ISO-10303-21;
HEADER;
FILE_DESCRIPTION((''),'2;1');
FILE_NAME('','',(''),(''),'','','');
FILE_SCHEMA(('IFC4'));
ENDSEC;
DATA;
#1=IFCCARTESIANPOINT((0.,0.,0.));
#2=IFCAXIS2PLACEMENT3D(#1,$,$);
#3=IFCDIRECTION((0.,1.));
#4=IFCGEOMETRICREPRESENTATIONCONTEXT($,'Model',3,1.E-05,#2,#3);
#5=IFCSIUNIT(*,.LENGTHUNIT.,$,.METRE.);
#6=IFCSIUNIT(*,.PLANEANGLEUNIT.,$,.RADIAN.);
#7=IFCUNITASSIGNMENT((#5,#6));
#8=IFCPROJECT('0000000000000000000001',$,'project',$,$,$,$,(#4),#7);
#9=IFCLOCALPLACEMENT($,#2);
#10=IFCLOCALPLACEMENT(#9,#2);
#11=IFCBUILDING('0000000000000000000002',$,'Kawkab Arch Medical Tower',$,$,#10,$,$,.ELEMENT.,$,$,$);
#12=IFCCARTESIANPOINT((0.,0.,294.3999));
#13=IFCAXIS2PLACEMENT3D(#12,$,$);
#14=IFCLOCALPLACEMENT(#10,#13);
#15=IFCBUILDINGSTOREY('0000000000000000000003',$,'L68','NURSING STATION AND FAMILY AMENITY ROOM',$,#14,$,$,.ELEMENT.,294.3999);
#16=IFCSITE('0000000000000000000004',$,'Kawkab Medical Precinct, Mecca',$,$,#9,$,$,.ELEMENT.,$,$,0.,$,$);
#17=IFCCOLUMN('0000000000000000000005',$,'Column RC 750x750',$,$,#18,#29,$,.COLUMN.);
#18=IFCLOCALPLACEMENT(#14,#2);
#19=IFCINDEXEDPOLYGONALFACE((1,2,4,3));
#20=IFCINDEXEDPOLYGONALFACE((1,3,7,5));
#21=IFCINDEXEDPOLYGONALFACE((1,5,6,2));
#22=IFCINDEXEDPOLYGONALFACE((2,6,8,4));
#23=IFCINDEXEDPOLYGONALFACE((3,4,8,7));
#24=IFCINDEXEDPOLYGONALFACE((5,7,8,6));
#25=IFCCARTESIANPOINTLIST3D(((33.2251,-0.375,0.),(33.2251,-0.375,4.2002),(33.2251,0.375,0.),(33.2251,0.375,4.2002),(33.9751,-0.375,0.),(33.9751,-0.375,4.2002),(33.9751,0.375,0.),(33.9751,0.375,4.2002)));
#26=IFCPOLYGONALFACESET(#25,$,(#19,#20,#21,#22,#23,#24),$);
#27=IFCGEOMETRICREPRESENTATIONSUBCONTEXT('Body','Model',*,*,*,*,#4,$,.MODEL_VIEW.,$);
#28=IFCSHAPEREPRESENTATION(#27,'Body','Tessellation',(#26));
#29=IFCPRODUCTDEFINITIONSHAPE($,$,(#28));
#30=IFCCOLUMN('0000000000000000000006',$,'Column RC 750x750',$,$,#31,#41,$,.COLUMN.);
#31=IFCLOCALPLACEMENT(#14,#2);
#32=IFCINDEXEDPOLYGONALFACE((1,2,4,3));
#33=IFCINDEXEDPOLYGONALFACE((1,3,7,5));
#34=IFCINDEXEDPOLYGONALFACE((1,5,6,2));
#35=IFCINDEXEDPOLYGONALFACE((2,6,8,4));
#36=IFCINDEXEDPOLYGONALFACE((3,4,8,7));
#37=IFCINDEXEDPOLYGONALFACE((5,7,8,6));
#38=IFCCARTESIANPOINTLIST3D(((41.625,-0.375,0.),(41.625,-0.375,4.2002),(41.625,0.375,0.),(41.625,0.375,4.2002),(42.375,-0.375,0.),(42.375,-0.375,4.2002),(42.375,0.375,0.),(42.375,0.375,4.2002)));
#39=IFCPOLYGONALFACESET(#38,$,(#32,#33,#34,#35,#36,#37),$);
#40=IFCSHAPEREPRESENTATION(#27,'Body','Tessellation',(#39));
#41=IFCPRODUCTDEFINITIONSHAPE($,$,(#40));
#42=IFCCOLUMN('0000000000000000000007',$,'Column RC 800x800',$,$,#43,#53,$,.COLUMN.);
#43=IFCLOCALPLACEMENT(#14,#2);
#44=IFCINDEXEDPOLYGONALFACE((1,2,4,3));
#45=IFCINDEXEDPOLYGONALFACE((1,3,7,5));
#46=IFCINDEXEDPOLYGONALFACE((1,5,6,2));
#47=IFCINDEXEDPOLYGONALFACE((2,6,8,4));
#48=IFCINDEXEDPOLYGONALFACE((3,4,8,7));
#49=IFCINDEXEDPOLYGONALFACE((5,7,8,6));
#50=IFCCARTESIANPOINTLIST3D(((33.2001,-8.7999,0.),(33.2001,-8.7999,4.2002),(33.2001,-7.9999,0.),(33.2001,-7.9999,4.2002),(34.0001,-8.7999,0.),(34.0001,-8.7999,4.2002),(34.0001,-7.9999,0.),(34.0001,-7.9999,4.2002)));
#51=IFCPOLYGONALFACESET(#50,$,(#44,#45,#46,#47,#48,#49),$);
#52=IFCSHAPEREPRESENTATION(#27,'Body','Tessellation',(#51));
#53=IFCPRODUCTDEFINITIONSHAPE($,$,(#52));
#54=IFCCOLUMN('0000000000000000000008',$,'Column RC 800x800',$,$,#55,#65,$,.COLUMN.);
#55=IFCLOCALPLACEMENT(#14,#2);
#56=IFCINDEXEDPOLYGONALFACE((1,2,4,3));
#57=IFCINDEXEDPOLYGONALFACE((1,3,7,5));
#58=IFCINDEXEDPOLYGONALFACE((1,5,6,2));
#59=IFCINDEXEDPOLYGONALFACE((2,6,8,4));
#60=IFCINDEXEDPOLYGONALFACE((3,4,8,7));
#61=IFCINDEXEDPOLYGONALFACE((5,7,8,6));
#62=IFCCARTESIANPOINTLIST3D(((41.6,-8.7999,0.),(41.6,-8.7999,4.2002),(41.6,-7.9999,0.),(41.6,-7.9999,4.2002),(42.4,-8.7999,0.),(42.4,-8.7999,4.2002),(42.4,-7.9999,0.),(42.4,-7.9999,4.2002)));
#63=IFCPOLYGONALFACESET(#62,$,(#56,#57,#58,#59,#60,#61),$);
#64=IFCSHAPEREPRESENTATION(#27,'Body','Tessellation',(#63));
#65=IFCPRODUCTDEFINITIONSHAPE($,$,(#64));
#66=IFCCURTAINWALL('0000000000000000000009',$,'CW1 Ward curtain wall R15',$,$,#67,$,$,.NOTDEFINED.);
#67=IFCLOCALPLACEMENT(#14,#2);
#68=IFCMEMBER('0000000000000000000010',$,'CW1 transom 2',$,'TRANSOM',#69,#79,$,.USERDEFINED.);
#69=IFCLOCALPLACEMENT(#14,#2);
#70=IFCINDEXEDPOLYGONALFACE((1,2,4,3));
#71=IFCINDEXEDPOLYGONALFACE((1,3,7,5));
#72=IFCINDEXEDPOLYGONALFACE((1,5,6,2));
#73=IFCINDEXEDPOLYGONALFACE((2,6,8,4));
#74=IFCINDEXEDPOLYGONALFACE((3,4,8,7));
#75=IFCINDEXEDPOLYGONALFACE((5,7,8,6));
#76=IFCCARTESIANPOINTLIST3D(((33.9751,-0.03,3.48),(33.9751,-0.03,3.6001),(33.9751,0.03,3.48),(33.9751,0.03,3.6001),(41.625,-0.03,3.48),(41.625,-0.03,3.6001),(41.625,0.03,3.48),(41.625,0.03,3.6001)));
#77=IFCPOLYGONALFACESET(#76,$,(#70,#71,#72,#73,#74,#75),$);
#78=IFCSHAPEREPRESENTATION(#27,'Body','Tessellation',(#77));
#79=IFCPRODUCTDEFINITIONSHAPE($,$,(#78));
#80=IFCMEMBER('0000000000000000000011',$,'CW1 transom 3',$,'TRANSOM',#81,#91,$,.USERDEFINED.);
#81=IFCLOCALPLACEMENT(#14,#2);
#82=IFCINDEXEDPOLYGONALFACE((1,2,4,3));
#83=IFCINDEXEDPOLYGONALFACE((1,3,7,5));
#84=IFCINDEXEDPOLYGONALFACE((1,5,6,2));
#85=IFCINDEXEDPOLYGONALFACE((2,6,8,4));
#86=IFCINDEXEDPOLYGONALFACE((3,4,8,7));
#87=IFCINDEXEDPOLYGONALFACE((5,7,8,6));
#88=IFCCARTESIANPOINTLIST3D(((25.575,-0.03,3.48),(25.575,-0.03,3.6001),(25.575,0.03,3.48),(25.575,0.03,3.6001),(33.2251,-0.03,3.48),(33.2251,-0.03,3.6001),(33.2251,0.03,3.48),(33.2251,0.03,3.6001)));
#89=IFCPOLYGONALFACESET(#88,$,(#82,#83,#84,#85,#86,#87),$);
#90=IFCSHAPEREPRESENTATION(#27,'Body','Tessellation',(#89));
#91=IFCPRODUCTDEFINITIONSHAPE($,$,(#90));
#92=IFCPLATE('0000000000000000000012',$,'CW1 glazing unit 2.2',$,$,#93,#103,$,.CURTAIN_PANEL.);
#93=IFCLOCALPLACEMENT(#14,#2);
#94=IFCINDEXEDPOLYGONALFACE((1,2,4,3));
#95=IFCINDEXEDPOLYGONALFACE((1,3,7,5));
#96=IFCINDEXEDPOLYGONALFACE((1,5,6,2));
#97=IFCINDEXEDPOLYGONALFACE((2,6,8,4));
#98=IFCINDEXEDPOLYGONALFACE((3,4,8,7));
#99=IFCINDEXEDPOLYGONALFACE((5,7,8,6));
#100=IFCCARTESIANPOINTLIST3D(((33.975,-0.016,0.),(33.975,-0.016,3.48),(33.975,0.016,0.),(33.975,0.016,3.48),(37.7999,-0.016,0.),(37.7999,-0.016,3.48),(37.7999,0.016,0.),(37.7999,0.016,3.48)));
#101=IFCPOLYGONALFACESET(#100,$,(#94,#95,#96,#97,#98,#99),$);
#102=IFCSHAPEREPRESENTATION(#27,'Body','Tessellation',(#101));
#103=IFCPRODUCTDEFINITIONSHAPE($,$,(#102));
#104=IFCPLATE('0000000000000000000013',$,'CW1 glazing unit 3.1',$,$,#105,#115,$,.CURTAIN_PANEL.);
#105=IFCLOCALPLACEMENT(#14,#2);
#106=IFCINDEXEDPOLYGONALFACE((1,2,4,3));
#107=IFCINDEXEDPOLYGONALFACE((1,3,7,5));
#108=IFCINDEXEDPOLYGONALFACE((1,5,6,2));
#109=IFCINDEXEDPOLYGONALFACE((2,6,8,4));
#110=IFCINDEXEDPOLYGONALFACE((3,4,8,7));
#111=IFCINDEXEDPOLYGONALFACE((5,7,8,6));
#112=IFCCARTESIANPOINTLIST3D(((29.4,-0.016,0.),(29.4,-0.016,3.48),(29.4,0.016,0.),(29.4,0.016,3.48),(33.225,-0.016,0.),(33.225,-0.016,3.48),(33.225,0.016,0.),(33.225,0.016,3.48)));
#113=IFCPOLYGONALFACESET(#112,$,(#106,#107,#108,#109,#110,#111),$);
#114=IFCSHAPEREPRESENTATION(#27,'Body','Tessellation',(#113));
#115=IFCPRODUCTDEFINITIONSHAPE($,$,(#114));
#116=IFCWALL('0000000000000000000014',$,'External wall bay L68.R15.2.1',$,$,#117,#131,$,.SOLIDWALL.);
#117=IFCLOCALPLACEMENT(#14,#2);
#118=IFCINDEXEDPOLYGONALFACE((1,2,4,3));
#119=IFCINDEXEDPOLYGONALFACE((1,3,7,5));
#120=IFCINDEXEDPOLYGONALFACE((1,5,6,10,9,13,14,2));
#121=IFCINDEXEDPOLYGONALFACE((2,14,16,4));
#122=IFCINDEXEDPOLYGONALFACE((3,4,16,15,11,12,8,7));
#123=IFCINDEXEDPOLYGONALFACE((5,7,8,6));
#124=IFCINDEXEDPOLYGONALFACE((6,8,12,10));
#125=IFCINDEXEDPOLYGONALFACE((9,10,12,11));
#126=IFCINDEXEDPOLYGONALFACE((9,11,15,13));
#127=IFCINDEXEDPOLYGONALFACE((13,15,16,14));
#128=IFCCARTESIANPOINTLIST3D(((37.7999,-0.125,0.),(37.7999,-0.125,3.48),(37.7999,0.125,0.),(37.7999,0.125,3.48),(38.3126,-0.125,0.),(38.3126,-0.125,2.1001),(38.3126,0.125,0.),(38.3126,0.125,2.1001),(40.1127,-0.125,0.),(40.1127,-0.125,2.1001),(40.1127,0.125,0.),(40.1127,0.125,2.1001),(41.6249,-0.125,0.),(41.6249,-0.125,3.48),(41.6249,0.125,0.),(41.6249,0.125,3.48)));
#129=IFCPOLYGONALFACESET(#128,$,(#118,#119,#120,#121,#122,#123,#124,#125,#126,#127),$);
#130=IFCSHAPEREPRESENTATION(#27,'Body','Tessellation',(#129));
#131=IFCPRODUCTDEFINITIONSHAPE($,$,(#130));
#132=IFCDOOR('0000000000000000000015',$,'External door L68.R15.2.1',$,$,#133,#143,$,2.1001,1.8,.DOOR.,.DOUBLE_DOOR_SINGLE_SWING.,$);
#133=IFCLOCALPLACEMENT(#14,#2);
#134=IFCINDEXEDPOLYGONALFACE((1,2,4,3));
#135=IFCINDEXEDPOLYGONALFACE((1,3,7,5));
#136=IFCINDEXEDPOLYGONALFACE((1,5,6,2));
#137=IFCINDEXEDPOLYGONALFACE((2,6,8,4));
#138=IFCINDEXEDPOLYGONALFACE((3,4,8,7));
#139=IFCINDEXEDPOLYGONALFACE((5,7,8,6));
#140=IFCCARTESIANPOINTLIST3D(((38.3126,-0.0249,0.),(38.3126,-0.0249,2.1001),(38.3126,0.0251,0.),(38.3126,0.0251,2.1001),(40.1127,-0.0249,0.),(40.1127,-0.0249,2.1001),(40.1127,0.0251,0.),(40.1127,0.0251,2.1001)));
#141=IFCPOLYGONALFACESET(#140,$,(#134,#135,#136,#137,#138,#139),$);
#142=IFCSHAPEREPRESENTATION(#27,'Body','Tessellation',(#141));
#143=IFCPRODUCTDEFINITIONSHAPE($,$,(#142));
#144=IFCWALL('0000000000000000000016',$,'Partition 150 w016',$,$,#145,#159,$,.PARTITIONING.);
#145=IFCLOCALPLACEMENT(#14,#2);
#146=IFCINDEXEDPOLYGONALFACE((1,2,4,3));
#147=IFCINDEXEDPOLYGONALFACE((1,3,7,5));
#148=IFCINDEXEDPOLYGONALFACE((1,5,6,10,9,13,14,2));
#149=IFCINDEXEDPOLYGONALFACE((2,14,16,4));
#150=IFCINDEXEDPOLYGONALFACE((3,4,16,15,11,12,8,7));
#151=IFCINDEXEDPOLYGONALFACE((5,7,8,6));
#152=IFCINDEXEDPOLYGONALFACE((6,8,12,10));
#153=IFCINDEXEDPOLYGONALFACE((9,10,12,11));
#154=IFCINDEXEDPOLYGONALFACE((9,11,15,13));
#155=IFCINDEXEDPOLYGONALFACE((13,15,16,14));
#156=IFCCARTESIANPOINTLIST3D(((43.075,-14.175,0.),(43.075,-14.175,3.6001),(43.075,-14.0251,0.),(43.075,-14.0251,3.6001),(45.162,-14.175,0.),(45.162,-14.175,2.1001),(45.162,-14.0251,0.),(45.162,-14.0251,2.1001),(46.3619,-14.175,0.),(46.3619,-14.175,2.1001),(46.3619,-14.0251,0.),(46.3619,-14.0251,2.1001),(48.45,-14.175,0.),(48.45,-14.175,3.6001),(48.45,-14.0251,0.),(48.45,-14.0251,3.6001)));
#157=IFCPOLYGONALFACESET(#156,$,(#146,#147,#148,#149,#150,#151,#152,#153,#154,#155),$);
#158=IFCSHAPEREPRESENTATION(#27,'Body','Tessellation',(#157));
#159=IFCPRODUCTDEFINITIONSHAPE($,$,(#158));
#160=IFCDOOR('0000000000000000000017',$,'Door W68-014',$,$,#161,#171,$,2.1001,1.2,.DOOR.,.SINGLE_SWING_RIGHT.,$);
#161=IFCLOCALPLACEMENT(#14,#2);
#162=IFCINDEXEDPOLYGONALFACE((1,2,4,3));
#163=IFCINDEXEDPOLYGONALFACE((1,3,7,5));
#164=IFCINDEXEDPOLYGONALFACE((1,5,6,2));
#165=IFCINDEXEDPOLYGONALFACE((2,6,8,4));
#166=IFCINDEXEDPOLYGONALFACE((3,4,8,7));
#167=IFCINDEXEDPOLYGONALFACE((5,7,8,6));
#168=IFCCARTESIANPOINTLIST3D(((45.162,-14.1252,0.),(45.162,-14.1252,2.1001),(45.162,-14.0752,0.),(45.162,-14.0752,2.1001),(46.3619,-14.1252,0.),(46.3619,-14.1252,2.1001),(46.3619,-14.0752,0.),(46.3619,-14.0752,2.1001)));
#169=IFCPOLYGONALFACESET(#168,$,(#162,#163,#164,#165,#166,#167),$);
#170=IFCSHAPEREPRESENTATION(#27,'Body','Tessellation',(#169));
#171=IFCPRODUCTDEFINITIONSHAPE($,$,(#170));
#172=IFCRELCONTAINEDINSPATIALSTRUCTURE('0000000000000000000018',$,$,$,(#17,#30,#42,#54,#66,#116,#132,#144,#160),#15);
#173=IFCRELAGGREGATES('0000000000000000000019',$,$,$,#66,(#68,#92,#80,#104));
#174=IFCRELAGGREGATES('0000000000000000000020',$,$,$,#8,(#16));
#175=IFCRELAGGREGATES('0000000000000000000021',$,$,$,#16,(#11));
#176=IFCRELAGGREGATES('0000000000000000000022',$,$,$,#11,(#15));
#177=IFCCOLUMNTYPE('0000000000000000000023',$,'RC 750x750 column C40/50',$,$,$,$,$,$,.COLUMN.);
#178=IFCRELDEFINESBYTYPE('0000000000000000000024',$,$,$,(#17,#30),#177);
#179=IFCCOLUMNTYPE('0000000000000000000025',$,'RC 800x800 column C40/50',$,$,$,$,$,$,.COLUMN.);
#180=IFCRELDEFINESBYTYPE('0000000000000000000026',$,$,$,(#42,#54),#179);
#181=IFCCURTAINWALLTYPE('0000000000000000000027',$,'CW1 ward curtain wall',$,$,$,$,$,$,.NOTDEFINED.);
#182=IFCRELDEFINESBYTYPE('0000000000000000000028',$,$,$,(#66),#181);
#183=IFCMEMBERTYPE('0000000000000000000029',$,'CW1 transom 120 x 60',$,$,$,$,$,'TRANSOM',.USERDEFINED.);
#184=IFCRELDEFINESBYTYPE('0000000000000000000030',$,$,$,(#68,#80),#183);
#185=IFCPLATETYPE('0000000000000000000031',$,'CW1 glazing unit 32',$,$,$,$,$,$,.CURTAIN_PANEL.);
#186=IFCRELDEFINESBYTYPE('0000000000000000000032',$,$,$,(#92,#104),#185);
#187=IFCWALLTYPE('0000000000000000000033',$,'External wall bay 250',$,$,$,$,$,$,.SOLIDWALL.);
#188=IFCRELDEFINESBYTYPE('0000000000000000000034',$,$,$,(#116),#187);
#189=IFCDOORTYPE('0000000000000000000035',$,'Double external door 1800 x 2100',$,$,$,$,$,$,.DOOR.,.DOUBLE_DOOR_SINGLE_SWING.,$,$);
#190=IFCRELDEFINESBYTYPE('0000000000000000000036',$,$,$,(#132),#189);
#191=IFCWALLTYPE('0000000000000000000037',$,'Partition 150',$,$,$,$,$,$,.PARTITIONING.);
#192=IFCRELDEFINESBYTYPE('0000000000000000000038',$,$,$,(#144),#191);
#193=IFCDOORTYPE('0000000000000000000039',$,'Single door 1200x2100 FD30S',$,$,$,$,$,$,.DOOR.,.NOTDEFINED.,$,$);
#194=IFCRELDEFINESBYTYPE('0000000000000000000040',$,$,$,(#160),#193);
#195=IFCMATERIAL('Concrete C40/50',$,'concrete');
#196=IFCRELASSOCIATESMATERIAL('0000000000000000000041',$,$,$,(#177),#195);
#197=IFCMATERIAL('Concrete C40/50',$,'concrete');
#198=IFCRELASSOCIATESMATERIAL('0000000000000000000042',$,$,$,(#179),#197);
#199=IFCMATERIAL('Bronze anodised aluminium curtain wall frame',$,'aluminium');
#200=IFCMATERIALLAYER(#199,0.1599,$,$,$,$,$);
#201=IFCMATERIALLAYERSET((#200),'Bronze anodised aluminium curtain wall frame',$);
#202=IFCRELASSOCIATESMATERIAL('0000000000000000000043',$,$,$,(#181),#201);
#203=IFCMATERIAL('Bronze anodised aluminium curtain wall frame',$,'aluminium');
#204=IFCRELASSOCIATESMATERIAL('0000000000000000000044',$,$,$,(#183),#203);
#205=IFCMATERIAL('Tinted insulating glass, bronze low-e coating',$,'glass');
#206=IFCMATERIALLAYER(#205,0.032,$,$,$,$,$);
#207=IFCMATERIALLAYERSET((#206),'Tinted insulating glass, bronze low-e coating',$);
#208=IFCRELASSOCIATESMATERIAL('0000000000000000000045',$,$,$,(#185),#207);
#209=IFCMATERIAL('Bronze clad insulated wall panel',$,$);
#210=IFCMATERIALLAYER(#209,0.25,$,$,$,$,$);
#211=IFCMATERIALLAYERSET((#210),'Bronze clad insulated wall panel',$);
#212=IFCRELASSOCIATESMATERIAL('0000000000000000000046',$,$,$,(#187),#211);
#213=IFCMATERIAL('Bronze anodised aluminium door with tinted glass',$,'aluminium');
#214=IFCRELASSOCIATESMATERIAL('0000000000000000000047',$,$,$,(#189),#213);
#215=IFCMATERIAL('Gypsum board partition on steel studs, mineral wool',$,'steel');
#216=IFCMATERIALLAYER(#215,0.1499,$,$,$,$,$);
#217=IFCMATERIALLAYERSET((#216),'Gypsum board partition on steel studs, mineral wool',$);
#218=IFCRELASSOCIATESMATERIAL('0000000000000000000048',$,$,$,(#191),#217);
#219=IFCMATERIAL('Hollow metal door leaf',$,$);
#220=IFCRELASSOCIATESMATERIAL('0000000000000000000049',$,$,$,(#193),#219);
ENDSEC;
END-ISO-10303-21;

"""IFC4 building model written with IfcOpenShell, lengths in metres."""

from ifc_helpers import new_model, si_unit, direction, frame, frame_2d, origin, origin_2d, place, context, subcontext, project, spatial, rectangle, extrude, material, layer, layer_set, material_profile, profile_set, type_object, element, fill, aggregate, save


model = new_model("IFC4")

# Units and contexts
model_context = context("Model", 3, precision=1e-05, world=origin(), true_north=direction((0.0, 1.0)))
body_context = subcontext(model_context, "Body", "Model", "MODEL_VIEW")
ifc_project = project(units=[si_unit("LENGTHUNIT", "METRE"), si_unit("PLANEANGLEUNIT", "RADIAN")], contexts=[model_context])

# Site, building, storey
site_placement = place(None, origin())
site = spatial("IfcSite", under=ifc_project, at=site_placement, Name="Kawkab Medical Precinct, Mecca", CompositionType="ELEMENT", RefElevation=0.0)
building_placement = place(site_placement, origin())
building = spatial("IfcBuilding", under=site, at=building_placement, Name="Kawkab Arch Medical Tower", CompositionType="ELEMENT")
storey_placement = place(building_placement, frame((0.0, 0.0, 294.3999)))
storey = spatial("IfcBuildingStorey", under=building, at=storey_placement, Name="L68", Description="NURSING STATION AND FAMILY AMENITY ROOM", CompositionType="ELEMENT", Elevation=294.3999)

# Columns
ifc_material_1 = material(Name="Concrete C40/50", Category="concrete")
ifc_material_profile_1 = material_profile(ifc_material_1, rectangle(XDim=0.75, YDim=0.75, at=origin_2d()), Name="RC 750x750")
ifc_profile_set_1 = profile_set([ifc_material_profile_1], Name="Concrete C40/50")
column_type_1 = type_object("IfcColumnType", Name="RC 750x750 column C40/50", PredefinedType="COLUMN", material=ifc_profile_set_1)
for number, where, z_axis, x_axis, name in (
    (1, (33.6001, 0.0, 0.0), (0.0, 0.0, 1.0), (1.0, 0.0, 0.0), "Column RC 750x750"),
    (2, (42.0, 0.0, 0.0), (0.0, 0.0, 1.0), (1.0, 0.0, 0.0), "Column RC 750x750"),
):
    element("IfcColumn", number, at=place(storey_placement, frame(where, z_axis=z_axis, x_axis=x_axis)), inside=storey, type_object=column_type_1, Name=name, PredefinedType="COLUMN", context=body_context, shape_type="SweptSolid", body=[
        extrude(rectangle(XDim=0.75, YDim=0.75, at=origin_2d()), origin(), (0.0, 0.0, 1.0), 4.2002),
    ])
ifc_material_2 = material(Name="Concrete C40/50", Category="concrete")
ifc_material_profile_2 = material_profile(ifc_material_2, rectangle(XDim=0.8, YDim=0.8, at=origin_2d()), Name="RC 800x800")
ifc_profile_set_2 = profile_set([ifc_material_profile_2], Name="Concrete C40/50")
column_type_2 = type_object("IfcColumnType", Name="RC 800x800 column C40/50", PredefinedType="COLUMN", material=ifc_profile_set_2)
for number, where, z_axis, x_axis, name in (
    (3, (33.6001, -8.3999, 0.0), (0.0, 0.0, 1.0), (1.0, 0.0, 0.0), "Column RC 800x800"),
    (4, (42.0, -8.3999, 0.0), (0.0, 0.0, 1.0), (1.0, 0.0, 0.0), "Column RC 800x800"),
):
    element("IfcColumn", number, at=place(storey_placement, frame(where, z_axis=z_axis, x_axis=x_axis)), inside=storey, type_object=column_type_2, Name=name, PredefinedType="COLUMN", context=body_context, shape_type="SweptSolid", body=[
        extrude(rectangle(XDim=0.8, YDim=0.8, at=origin_2d()), origin(), (0.0, 0.0, 1.0), 4.2002),
    ])

# Curtain wall, members, plates
ifc_material_3 = material(Name="Bronze anodised aluminium curtain wall frame", Category="aluminium")
ifc_layer_1 = layer(ifc_material_3, 0.1599)
ifc_layer_set_1 = layer_set([ifc_layer_1], Name="Bronze anodised aluminium curtain wall frame")
curtain_wall_type = type_object("IfcCurtainWallType", Name="CW1 ward curtain wall", PredefinedType="NOTDEFINED", material=ifc_layer_set_1)
curtain_wall_placement = place(storey_placement, origin())
curtain_wall = element("IfcCurtainWall", 5, at=curtain_wall_placement, inside=storey, type_object=curtain_wall_type, Name="CW1 Ward curtain wall R15", PredefinedType="NOTDEFINED")
ifc_material_4 = material(Name="Bronze anodised aluminium curtain wall frame", Category="aluminium")
ifc_material_profile_3 = material_profile(ifc_material_4, rectangle(XDim=0.0601, YDim=0.1201, at=origin_2d()), Name="AL 60x120")
ifc_profile_set_3 = profile_set([ifc_material_profile_3], Name="Bronze anodised aluminium curtain wall frame")
member_type = type_object("IfcMemberType", Name="CW1 transom 120 x 60", ElementType="TRANSOM", PredefinedType="USERDEFINED", material=ifc_profile_set_3)
member_1_placement = place(storey_placement, frame((41.625, 0.0, 3.54), z_axis=(-1.0, 0.0, 0.0), x_axis=(0.0, -1.0, 0.0)))
member_1 = element("IfcMember", 6, at=member_1_placement, type_object=member_type, Name="CW1 transom 2", ObjectType="TRANSOM", PredefinedType="USERDEFINED", context=body_context, shape_type="SweptSolid", body=[
    extrude(rectangle(XDim=0.0601, YDim=0.1201, at=origin_2d()), origin(), (0.0, 0.0, 1.0), 7.6499),
])
member_2_placement = place(storey_placement, frame((33.2251, 0.0, 3.54), z_axis=(-1.0, 0.0, 0.0), x_axis=(0.0, -1.0, 0.0)))
member_2 = element("IfcMember", 7, at=member_2_placement, type_object=member_type, Name="CW1 transom 3", ObjectType="TRANSOM", PredefinedType="USERDEFINED", context=body_context, shape_type="SweptSolid", body=[
    extrude(rectangle(XDim=0.0601, YDim=0.1201, at=origin_2d()), origin(), (0.0, 0.0, 1.0), 7.6501),
])
ifc_material_5 = material(Name="Tinted insulating glass, bronze low-e coating", Category="glass")
ifc_layer_2 = layer(ifc_material_5, 0.032)
ifc_layer_set_2 = layer_set([ifc_layer_2], Name="Tinted insulating glass, bronze low-e coating")
plate_type = type_object("IfcPlateType", Name="CW1 glazing unit 32", PredefinedType="CURTAIN_PANEL", material=ifc_layer_set_2)
plate_1_placement = place(storey_placement, frame((35.8875, 0.0, 0.0), z_axis=(0.0, 0.0, 1.0), x_axis=(-1.0, 0.0, 0.0)))
plate_1 = element("IfcPlate", 8, at=plate_1_placement, type_object=plate_type, Name="CW1 glazing unit 2.2", PredefinedType="CURTAIN_PANEL", context=body_context, shape_type="SweptSolid", body=[
    extrude(rectangle(XDim=3.825, YDim=0.032, at=origin_2d()), origin(), (0.0, 0.0, 1.0), 3.48),
])
plate_2_placement = place(storey_placement, frame((31.3125, 0.0, 0.0), z_axis=(0.0, 0.0, 1.0), x_axis=(-1.0, 0.0, 0.0)))
plate_2 = element("IfcPlate", 9, at=plate_2_placement, type_object=plate_type, Name="CW1 glazing unit 3.1", PredefinedType="CURTAIN_PANEL", context=body_context, shape_type="SweptSolid", body=[
    extrude(rectangle(XDim=3.825, YDim=0.032, at=origin_2d()), origin(), (0.0, 0.0, 1.0), 3.48),
])
aggregate(curtain_wall, [member_1, plate_1, member_2, plate_2])

# Walls, openings, doors
ifc_material_6 = material(Name="Bronze clad insulated wall panel")
ifc_layer_3 = layer(ifc_material_6, 0.25)
ifc_layer_set_3 = layer_set([ifc_layer_3], Name="Bronze clad insulated wall panel")
wall_type_1 = type_object("IfcWallType", Name="External wall bay 250", PredefinedType="SOLIDWALL", material=ifc_layer_set_3)
wall_1_placement = place(storey_placement, frame((41.625, 0.0, 0.0), z_axis=(0.0, 0.0, 1.0), x_axis=(-1.0, 0.0, 0.0)))
wall_1 = element("IfcWall", 10, at=wall_1_placement, inside=storey, type_object=wall_type_1, Name="External wall bay L68.R15.2.1", PredefinedType="SOLIDWALL", context=body_context, shape_type="SweptSolid", body=[
    extrude(rectangle(XDim=3.825, YDim=0.25, at=frame_2d((1.9126, 0.0))), origin(), (0.0, 0.0, 1.0), 3.48),
])
opening_1_placement = place(wall_1_placement, frame((1.5125, 0.0, 0.0)))
opening_1 = element("IfcOpeningElement", 11, at=opening_1_placement, cuts=wall_1, PredefinedType="OPENING", context=body_context, shape_type="SweptSolid", body=[
    extrude(rectangle(XDim=1.8, YDim=2.1001, at=frame_2d((0.8999, 1.05))), frame((0.0, 0.135, 0.0), z_axis=(0.0, -1.0, 0.0), x_axis=(1.0, 0.0, 0.0)), (0.0, 0.0, 1.0), 0.27),
])
ifc_material_7 = material(Name="Bronze anodised aluminium door with tinted glass", Category="aluminium")
door_type_1 = type_object("IfcDoorType", Name="Double external door 1800 x 2100", OperationType="DOUBLE_DOOR_SINGLE_SWING", PredefinedType="DOOR", material=ifc_material_7)
door_1_placement = place(opening_1_placement, origin())
door_1 = element("IfcDoor", 12, at=door_1_placement, inside=storey, type_object=door_type_1, Name="External door L68.R15.2.1", OperationType="DOUBLE_DOOR_SINGLE_SWING", OverallHeight=2.1001, OverallWidth=1.8, PredefinedType="DOOR", context=body_context, shape_type="SweptSolid", body=[
    extrude(rectangle(XDim=1.8, YDim=2.1001, at=frame_2d((0.8999, 1.05))), frame((0.0, 0.0249, 0.0), z_axis=(0.0, -1.0, 0.0), x_axis=(1.0, 0.0, 0.0)), (0.0, 0.0, 1.0), 0.05),
])
fill(opening_1, door_1)
ifc_material_8 = material(Name="Gypsum board partition on steel studs, mineral wool", Category="steel")
ifc_layer_4 = layer(ifc_material_8, 0.1499)
ifc_layer_set_4 = layer_set([ifc_layer_4], Name="Gypsum board partition on steel studs, mineral wool")
wall_type_2 = type_object("IfcWallType", Name="Partition 150", PredefinedType="PARTITIONING", material=ifc_layer_set_4)
wall_2_placement = place(storey_placement, frame((43.075, -14.1001, 0.0), z_axis=(0.0, 0.0, 1.0), x_axis=(1.0, 0.0, 0.0)))
wall_2 = element("IfcWall", 13, at=wall_2_placement, inside=storey, type_object=wall_type_2, Name="Partition 150 w016", PredefinedType="PARTITIONING", context=body_context, shape_type="SweptSolid", body=[
    extrude(rectangle(XDim=5.375, YDim=0.1499, at=frame_2d((2.6875, 0.0))), origin(), (0.0, 0.0, 1.0), 3.6001),
])
opening_2_placement = place(wall_2_placement, frame((2.0869, 0.0, 0.0)))
opening_2 = element("IfcOpeningElement", 14, at=opening_2_placement, cuts=wall_2, PredefinedType="OPENING", context=body_context, shape_type="SweptSolid", body=[
    extrude(rectangle(XDim=1.2, YDim=2.1001, at=frame_2d((0.6001, 1.05))), frame((0.0, 0.085, 0.0), z_axis=(0.0, -1.0, 0.0), x_axis=(1.0, 0.0, 0.0)), (0.0, 0.0, 1.0), 0.1699),
])
ifc_material_9 = material(Name="Hollow metal door leaf")
door_type_2 = type_object("IfcDoorType", Name="Single door 1200x2100 FD30S", OperationType="NOTDEFINED", PredefinedType="DOOR", material=ifc_material_9)
door_2_placement = place(opening_2_placement, origin())
door_2 = element("IfcDoor", 15, at=door_2_placement, inside=storey, type_object=door_type_2, Name="Door W68-014", OperationType="SINGLE_SWING_RIGHT", OverallHeight=2.1001, OverallWidth=1.2, PredefinedType="DOOR", context=body_context, shape_type="SweptSolid", body=[
    extrude(rectangle(XDim=1.2, YDim=2.1001, at=frame_2d((0.6001, 1.05))), frame((0.0, 0.0249, 0.0), z_axis=(0.0, -1.0, 0.0), x_axis=(1.0, 0.0, 0.0)), (0.0, 0.0, 1.0), 0.05),
])
fill(opening_2, door_2)

save(model, "model.ifc")
